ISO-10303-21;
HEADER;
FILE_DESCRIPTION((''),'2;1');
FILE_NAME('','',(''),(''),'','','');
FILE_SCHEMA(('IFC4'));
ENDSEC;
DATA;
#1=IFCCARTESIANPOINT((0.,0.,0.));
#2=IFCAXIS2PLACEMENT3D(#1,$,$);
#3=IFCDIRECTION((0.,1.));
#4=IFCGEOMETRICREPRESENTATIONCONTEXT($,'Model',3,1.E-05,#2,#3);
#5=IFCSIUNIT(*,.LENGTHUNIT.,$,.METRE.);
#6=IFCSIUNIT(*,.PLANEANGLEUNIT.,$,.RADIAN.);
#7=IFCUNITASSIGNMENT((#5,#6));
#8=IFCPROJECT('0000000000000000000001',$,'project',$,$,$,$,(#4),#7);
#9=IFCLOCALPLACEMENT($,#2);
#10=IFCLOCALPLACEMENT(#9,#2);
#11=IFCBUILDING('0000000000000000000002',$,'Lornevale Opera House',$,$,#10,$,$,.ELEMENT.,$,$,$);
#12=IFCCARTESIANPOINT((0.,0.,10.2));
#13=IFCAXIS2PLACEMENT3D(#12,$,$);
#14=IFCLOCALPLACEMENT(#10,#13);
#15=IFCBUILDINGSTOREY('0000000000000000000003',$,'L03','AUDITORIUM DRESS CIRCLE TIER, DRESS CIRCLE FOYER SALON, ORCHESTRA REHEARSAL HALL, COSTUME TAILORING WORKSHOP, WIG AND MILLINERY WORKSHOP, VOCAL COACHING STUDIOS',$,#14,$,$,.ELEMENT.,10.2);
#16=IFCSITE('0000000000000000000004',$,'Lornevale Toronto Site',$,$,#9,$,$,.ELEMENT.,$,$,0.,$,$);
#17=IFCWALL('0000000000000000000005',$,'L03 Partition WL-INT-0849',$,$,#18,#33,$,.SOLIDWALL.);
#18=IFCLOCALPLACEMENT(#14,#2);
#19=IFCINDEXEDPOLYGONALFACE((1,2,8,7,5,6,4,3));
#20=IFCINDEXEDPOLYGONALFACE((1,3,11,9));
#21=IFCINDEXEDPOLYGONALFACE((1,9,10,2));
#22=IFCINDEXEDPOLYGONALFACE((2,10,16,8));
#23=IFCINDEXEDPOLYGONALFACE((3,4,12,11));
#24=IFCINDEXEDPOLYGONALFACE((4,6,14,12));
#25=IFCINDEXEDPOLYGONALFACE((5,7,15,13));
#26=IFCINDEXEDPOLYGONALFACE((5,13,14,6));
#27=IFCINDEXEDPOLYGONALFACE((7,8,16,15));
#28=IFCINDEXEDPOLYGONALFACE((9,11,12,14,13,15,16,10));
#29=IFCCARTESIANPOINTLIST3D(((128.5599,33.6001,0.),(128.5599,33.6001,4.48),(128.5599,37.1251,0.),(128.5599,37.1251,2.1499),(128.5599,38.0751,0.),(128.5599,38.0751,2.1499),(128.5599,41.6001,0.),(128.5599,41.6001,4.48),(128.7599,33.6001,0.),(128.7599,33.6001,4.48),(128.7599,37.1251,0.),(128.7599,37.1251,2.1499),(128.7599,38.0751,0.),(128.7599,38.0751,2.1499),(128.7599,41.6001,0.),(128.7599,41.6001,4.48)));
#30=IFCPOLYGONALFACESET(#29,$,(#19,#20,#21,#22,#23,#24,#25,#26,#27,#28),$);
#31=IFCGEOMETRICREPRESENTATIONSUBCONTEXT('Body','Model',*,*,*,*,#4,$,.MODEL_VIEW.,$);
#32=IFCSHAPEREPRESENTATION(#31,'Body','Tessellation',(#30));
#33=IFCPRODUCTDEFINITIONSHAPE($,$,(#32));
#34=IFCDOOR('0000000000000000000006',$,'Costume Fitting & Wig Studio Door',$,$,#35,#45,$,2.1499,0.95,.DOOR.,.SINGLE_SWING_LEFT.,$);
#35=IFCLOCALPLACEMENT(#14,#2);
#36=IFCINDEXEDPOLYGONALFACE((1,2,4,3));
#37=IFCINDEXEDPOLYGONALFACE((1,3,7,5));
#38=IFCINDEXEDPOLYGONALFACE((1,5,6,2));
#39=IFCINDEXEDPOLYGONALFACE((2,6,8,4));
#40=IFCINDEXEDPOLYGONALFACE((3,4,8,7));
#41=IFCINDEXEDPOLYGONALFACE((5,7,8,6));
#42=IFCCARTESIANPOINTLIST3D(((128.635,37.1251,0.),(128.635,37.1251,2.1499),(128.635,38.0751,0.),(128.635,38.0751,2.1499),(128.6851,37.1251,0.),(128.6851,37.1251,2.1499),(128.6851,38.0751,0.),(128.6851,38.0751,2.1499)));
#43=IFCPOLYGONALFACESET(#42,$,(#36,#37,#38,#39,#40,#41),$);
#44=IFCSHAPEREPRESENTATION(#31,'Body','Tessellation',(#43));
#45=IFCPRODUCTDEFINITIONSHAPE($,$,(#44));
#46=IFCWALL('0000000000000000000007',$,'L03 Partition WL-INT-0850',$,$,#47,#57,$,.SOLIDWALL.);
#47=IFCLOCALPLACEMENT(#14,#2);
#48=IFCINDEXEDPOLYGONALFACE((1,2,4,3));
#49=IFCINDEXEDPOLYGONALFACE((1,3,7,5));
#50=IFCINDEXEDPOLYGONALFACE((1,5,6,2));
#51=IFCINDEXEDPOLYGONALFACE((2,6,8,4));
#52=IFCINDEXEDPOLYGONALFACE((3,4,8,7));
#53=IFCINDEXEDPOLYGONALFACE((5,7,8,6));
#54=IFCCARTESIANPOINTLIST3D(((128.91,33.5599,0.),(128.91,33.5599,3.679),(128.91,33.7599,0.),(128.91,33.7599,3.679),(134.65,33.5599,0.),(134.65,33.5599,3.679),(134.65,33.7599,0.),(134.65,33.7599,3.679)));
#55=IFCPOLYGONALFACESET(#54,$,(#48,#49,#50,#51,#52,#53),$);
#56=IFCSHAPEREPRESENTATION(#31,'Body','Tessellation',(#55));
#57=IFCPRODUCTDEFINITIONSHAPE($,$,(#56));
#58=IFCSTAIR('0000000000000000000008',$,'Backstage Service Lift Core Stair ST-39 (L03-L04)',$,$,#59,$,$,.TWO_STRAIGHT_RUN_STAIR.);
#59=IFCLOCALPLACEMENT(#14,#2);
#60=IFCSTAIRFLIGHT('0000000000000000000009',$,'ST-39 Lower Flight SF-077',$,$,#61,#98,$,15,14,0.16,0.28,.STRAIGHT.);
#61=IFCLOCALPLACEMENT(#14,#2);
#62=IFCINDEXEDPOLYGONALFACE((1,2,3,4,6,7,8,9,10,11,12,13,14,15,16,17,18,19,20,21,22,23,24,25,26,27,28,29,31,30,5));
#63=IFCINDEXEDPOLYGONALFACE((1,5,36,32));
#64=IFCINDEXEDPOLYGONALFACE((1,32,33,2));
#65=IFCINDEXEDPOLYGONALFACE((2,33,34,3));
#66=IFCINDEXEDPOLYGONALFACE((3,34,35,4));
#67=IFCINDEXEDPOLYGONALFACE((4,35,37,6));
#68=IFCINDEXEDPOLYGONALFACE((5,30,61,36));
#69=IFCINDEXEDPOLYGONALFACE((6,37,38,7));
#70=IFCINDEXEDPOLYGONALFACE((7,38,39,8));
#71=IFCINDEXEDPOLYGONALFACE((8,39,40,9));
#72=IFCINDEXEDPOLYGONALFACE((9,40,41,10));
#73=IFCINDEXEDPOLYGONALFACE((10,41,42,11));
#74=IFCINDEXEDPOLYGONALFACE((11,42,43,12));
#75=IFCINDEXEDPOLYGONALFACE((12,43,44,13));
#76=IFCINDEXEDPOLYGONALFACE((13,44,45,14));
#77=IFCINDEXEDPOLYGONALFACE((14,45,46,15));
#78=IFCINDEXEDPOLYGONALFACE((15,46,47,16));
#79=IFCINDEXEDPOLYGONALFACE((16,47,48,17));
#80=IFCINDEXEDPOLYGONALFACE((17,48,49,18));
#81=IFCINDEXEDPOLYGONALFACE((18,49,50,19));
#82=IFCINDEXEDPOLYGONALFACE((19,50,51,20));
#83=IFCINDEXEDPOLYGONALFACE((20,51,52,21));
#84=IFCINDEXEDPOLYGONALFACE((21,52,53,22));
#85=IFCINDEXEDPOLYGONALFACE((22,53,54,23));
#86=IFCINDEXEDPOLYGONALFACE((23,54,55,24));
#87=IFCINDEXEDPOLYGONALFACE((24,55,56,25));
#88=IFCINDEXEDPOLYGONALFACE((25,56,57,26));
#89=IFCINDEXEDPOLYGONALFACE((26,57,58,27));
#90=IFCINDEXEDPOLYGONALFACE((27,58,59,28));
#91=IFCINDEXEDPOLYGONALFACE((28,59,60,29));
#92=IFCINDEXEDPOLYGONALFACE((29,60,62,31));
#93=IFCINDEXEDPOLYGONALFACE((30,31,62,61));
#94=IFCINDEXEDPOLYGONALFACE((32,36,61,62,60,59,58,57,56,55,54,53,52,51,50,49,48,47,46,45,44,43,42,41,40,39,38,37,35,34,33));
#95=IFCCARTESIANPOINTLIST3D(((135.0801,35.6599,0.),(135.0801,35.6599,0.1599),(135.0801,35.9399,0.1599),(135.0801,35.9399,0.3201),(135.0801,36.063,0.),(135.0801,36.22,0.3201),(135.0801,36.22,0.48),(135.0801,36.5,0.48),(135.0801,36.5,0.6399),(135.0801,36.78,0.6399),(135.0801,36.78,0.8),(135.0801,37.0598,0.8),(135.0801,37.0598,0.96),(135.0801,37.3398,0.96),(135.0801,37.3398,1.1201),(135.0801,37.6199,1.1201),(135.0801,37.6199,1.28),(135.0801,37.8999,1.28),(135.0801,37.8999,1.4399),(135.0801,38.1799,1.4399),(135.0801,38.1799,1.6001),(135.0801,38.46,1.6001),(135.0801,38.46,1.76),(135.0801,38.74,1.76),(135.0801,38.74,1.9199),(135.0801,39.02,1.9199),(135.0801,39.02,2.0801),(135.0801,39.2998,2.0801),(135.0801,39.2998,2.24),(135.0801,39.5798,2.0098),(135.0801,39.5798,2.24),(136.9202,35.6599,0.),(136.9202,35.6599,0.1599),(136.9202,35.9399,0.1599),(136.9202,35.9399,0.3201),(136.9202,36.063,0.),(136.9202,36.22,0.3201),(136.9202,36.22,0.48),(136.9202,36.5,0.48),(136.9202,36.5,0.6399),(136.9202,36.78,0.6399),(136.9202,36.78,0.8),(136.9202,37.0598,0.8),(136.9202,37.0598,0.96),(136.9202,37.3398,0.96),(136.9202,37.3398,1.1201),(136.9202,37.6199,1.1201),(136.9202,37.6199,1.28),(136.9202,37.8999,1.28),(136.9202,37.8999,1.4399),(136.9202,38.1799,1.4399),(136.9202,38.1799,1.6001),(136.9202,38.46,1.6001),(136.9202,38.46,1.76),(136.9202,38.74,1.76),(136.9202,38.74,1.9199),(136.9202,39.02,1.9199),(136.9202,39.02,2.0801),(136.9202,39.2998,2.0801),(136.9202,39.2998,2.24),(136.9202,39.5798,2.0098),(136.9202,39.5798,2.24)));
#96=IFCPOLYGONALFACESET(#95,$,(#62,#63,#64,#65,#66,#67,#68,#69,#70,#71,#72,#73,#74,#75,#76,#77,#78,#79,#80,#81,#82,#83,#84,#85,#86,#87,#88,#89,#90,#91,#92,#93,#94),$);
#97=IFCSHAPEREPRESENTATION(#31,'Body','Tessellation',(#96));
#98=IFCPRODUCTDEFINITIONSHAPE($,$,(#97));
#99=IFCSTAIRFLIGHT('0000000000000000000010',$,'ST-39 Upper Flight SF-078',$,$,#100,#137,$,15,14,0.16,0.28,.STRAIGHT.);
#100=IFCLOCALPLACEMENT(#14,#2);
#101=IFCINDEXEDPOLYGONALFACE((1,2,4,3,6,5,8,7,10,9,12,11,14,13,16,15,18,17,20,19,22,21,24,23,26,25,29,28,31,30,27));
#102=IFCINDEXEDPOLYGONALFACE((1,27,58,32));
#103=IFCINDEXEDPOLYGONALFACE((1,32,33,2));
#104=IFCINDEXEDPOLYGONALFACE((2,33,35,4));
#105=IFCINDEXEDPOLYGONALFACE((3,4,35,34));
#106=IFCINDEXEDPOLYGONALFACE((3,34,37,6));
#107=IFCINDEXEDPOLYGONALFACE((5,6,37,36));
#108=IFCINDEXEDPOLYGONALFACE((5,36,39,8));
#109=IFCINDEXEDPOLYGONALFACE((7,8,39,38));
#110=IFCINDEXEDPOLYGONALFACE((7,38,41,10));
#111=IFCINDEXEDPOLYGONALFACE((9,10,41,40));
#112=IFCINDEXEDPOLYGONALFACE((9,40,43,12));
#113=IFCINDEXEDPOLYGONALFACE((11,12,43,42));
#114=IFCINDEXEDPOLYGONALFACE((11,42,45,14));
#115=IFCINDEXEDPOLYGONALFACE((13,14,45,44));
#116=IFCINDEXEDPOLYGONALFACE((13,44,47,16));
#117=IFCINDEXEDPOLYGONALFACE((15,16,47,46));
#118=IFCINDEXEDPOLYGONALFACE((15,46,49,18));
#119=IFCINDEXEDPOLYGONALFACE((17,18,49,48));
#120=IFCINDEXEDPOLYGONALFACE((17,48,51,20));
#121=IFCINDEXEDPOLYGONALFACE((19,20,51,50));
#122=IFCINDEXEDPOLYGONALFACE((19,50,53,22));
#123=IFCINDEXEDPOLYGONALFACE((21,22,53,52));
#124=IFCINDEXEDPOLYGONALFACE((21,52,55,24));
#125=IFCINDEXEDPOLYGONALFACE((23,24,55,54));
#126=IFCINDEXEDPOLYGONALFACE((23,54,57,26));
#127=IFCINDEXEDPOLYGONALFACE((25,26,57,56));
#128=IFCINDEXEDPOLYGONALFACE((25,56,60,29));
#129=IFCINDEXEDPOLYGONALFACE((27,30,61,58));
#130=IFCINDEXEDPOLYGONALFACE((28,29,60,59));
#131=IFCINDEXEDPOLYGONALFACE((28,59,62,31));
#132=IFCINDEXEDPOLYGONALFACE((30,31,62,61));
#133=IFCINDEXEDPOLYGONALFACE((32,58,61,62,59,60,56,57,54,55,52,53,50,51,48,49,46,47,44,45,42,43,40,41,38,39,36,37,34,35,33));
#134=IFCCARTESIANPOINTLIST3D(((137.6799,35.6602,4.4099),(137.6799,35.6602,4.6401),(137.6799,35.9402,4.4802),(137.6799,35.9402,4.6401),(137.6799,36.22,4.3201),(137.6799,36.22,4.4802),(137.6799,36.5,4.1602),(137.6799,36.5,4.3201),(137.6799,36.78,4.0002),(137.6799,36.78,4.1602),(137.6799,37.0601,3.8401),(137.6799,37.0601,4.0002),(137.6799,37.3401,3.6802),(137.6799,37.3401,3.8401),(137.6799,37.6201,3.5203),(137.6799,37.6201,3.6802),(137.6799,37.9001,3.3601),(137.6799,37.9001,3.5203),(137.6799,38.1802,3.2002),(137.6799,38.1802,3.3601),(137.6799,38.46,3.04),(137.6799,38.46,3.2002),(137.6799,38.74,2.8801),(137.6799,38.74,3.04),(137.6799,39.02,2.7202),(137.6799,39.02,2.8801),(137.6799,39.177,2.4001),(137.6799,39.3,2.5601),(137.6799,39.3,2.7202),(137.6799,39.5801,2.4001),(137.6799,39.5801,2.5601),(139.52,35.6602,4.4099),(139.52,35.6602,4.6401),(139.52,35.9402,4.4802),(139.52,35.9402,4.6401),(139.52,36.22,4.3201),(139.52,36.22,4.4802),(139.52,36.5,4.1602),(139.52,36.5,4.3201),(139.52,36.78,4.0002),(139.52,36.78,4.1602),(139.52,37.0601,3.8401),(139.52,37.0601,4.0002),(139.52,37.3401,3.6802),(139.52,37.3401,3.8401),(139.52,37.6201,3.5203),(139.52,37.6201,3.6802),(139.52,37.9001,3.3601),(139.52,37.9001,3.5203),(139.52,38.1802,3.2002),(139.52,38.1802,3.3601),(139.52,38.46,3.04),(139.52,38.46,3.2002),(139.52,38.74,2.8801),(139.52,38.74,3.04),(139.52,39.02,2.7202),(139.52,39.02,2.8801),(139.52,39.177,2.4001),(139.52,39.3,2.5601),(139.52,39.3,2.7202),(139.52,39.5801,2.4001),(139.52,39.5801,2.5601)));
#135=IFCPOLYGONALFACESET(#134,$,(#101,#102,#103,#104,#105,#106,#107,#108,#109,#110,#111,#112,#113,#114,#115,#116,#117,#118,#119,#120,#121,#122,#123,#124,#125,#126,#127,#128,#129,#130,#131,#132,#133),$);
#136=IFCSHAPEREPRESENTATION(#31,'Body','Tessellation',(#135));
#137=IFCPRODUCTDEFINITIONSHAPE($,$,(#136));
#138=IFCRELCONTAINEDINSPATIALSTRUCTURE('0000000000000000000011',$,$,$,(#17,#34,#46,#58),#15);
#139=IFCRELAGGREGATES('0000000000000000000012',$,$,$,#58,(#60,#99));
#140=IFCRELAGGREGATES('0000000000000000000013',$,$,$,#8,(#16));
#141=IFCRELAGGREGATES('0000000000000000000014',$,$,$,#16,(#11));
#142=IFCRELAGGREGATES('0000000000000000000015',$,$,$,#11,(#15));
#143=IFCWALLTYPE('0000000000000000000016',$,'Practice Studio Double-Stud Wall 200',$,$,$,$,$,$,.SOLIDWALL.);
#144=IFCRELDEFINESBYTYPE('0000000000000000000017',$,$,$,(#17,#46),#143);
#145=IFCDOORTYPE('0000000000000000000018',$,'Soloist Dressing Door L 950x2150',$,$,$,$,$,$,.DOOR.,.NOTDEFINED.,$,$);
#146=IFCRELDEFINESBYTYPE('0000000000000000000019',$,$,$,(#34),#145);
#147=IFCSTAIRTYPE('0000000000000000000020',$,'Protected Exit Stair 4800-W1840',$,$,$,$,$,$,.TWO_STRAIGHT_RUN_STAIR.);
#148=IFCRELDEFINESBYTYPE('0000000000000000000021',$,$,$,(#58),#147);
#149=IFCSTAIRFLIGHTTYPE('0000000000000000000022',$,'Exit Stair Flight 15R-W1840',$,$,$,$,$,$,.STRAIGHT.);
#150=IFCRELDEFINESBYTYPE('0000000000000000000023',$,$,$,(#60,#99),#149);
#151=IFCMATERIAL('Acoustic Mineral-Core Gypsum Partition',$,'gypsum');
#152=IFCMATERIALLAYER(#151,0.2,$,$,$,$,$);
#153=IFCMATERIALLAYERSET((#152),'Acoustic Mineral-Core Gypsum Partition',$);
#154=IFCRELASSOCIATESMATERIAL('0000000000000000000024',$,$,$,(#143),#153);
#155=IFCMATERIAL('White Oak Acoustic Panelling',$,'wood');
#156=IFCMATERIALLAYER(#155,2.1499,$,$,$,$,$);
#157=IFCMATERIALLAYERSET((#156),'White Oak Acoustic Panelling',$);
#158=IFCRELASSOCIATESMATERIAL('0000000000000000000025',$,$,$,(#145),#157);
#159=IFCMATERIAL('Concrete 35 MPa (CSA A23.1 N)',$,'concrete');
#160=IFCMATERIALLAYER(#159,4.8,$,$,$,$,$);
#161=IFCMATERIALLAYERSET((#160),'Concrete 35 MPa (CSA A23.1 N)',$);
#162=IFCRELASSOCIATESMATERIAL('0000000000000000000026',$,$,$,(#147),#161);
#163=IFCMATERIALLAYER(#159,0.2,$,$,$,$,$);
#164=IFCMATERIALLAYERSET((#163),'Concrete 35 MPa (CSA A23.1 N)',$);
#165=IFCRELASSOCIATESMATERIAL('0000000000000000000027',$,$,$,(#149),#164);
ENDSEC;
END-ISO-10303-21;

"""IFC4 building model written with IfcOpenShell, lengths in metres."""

from ifc_helpers import new_model, si_unit, direction, frame, frame_2d, origin, place, context, subcontext, project, spatial, polyline, rectangle, outline, extrude, material, layer, layer_set, type_object, element, fill, aggregate, save


model = new_model("IFC4")

# Units and contexts
model_context = context("Model", 3, precision=1e-05, world=origin(), true_north=direction((0.0, 1.0)))
body_context = subcontext(model_context, "Body", "Model", "MODEL_VIEW")
ifc_project = project(units=[si_unit("LENGTHUNIT", "METRE"), si_unit("PLANEANGLEUNIT", "RADIAN")], contexts=[model_context])

# Site, building, storey
site_placement = place(None, origin())
site = spatial("IfcSite", under=ifc_project, at=site_placement, Name="Lornevale Toronto Site", CompositionType="ELEMENT", RefElevation=0.0)
building_placement = place(site_placement, origin())
building = spatial("IfcBuilding", under=site, at=building_placement, Name="Lornevale Opera House", CompositionType="ELEMENT")
storey_placement = place(building_placement, frame((0.0, 0.0, 10.2)))
storey = spatial("IfcBuildingStorey", under=building, at=storey_placement, Name="L03", Description="AUDITORIUM DRESS CIRCLE TIER, DRESS CIRCLE FOYER SALON, ORCHESTRA REHEARSAL HALL, COSTUME TAILORING WORKSHOP, WIG AND MILLINERY WORKSHOP, VOCAL COACHING STUDIOS", CompositionType="ELEMENT", Elevation=10.2)

# Shared definitions
ifc_material_1 = material(Name="Concrete 35 MPa (CSA A23.1 N)", Category="concrete")

# Shared definitions
ifc_material_2 = material(Name="Acoustic Mineral-Core Gypsum Partition", Category="gypsum")
ifc_layer_1 = layer(ifc_material_2, 0.2)
ifc_layer_set_1 = layer_set([ifc_layer_1], Name="Acoustic Mineral-Core Gypsum Partition")
wall_type_1 = type_object("IfcWallType", Name="Practice Studio Double-Stud Wall 200", PredefinedType="SOLIDWALL", material=ifc_layer_set_1)

# Wall, opening, door
wall_1_placement = place(storey_placement, frame((128.6599, 33.6001, 0.0), z_axis=(0.0, 0.0, 1.0), x_axis=(0.0, 1.0, 0.0)))
wall_1 = element("IfcWall", 1, at=wall_1_placement, inside=storey, type_object=wall_type_1, Name="L03 Partition WL-INT-0849", PredefinedType="SOLIDWALL", context=body_context, shape_type="SweptSolid", body=[
    extrude(rectangle(XDim=8.0, YDim=0.2, at=frame_2d((4.0, 0.0))), origin(), (0.0, 0.0, 1.0), 4.48),
])
opening_1_placement = place(wall_1_placement, frame((3.5249, 0.0, 0.0)))
opening_1 = element("IfcOpeningElement", 2, at=opening_1_placement, cuts=wall_1, PredefinedType="OPENING", context=body_context, shape_type="SweptSolid", body=[
    extrude(rectangle(XDim=0.95, YDim=2.1499, at=frame_2d((0.4751, 1.075))), frame((0.0, 0.1099, 0.0), z_axis=(0.0, -1.0, 0.0), x_axis=(1.0, 0.0, 0.0)), (0.0, 0.0, 1.0), 0.22),
])
ifc_material_3 = material(Name="White Oak Acoustic Panelling", Category="wood")
ifc_layer_2 = layer(ifc_material_3, 2.1499)
ifc_layer_set_2 = layer_set([ifc_layer_2], Name="White Oak Acoustic Panelling")
door_type_1 = type_object("IfcDoorType", Name="Soloist Dressing Door L 950x2150", OperationType="NOTDEFINED", PredefinedType="DOOR", material=ifc_layer_set_2)
door_1_placement = place(opening_1_placement, origin())
door_1 = element("IfcDoor", 3, at=door_1_placement, inside=storey, type_object=door_type_1, Name="Costume Fitting & Wig Studio Door", OperationType="SINGLE_SWING_LEFT", OverallHeight=2.1499, OverallWidth=0.95, PredefinedType="DOOR", context=body_context, shape_type="SweptSolid", body=[
    extrude(rectangle(XDim=0.95, YDim=2.1499, at=frame_2d((0.4751, 1.075))), frame((0.0, 0.0249, 0.0), z_axis=(0.0, -1.0, 0.0), x_axis=(1.0, 0.0, 0.0)), (0.0, 0.0, 1.0), 0.05),
])
fill(opening_1, door_1)

# Wall
wall_2_placement = place(storey_placement, frame((128.9099, 33.6599, 0.0), z_axis=(0.0, 0.0, 1.0), x_axis=(1.0, 0.0, 0.0)))
element("IfcWall", 4, at=wall_2_placement, inside=storey, type_object=wall_type_1, Name="L03 Partition WL-INT-0850", PredefinedType="SOLIDWALL", context=body_context, shape_type="SweptSolid", body=[
    extrude(rectangle(XDim=5.74, YDim=0.2, at=frame_2d((2.8701, 0.0))), origin(), (0.0, 0.0, 1.0), 3.679),
])

# Stair, stair flights
ifc_layer_3 = layer(ifc_material_1, 4.8)
ifc_layer_set_3 = layer_set([ifc_layer_3], Name="Concrete 35 MPa (CSA A23.1 N)")
stair_type = type_object("IfcStairType", Name="Protected Exit Stair 4800-W1840", PredefinedType="TWO_STRAIGHT_RUN_STAIR", material=ifc_layer_set_3)
stair_placement = place(storey_placement, origin())
stair = element("IfcStair", 5, at=stair_placement, inside=storey, type_object=stair_type, Name="Backstage Service Lift Core Stair ST-39 (L03-L04)", PredefinedType="TWO_STRAIGHT_RUN_STAIR")
ifc_layer_4 = layer(ifc_material_1, 0.2)
ifc_layer_set_4 = layer_set([ifc_layer_4], Name="Concrete 35 MPa (CSA A23.1 N)")
stair_flight_type = type_object("IfcStairFlightType", Name="Exit Stair Flight 15R-W1840", PredefinedType="STRAIGHT", material=ifc_layer_set_4)
stair_flight_1_placement = place(storey_placement, frame((136.0, 35.6599, 0.0), z_axis=(0.0, 0.0, 1.0), x_axis=(0.0, 1.0, 0.0)))
stair_flight_1 = element("IfcStairFlight", 6, at=stair_flight_1_placement, type_object=stair_flight_type, Name="ST-39 Lower Flight SF-077", NumberOfRisers=15, NumberOfTreads=14, PredefinedType="STRAIGHT", RiserHeight=0.16, TreadLength=0.28, context=body_context, shape_type="SweptSolid", body=[
    extrude(outline(polyline([(0.0, 0.0), (0.0, 0.1599), (0.28, 0.1599), (0.28, 0.3201), (0.5601, 0.3201), (0.5601, 0.48), (0.8401, 0.48), (0.8401, 0.6399), (1.1201, 0.6399), (1.1201, 0.8), (1.3999, 0.8), (1.3999, 0.96), (1.6799, 0.96), (1.6799, 1.1201), (1.96, 1.1201), (1.96, 1.28), (2.24, 1.28), (2.24, 1.4399), (2.52, 1.4399), (2.52, 1.6001), (2.8, 1.6001), (2.8, 1.76), (3.0801, 1.76), (3.0801, 1.9199), (3.3601, 1.9199), (3.3601, 2.0801), (3.6399, 2.0801), (3.6399, 2.24), (3.9199, 2.24), (3.9199, 2.0098), (0.4031, 0.0), (0.0, 0.0)])), frame((0.0, 0.9199, 0.0), z_axis=(0.0, -1.0, 0.0), x_axis=(1.0, 0.0, 0.0)), (0.0, 0.0, 1.0), 1.8401),
])
stair_flight_2_placement = place(storey_placement, frame((138.6001, 39.5801, 2.4001), z_axis=(0.0, 0.0, 1.0), x_axis=(0.0, -1.0, 0.0)))
stair_flight_2 = element("IfcStairFlight", 7, at=stair_flight_2_placement, type_object=stair_flight_type, Name="ST-39 Upper Flight SF-078", NumberOfRisers=15, NumberOfTreads=14, PredefinedType="STRAIGHT", RiserHeight=0.16, TreadLength=0.28, context=body_context, shape_type="SweptSolid", body=[
    extrude(outline(polyline([(0.0, 0.0), (0.0, 0.1599), (0.28, 0.1599), (0.28, 0.3201), (0.5601, 0.3201), (0.5601, 0.48), (0.8401, 0.48), (0.8401, 0.6399), (1.1201, 0.6399), (1.1201, 0.8), (1.3999, 0.8), (1.3999, 0.96), (1.6799, 0.96), (1.6799, 1.1201), (1.96, 1.1201), (1.96, 1.28), (2.24, 1.28), (2.24, 1.4399), (2.52, 1.4399), (2.52, 1.6001), (2.8, 1.6001), (2.8, 1.76), (3.0801, 1.76), (3.0801, 1.9199), (3.3601, 1.9199), (3.3601, 2.0801), (3.6399, 2.0801), (3.6399, 2.24), (3.9199, 2.24), (3.9199, 2.0098), (0.4031, 0.0), (0.0, 0.0)])), frame((0.0, 0.9199, 0.0), z_axis=(0.0, -1.0, 0.0), x_axis=(1.0, 0.0, 0.0)), (0.0, 0.0, 1.0), 1.8401),
])
aggregate(stair, [stair_flight_1, stair_flight_2])

save(model, "model.ifc")
